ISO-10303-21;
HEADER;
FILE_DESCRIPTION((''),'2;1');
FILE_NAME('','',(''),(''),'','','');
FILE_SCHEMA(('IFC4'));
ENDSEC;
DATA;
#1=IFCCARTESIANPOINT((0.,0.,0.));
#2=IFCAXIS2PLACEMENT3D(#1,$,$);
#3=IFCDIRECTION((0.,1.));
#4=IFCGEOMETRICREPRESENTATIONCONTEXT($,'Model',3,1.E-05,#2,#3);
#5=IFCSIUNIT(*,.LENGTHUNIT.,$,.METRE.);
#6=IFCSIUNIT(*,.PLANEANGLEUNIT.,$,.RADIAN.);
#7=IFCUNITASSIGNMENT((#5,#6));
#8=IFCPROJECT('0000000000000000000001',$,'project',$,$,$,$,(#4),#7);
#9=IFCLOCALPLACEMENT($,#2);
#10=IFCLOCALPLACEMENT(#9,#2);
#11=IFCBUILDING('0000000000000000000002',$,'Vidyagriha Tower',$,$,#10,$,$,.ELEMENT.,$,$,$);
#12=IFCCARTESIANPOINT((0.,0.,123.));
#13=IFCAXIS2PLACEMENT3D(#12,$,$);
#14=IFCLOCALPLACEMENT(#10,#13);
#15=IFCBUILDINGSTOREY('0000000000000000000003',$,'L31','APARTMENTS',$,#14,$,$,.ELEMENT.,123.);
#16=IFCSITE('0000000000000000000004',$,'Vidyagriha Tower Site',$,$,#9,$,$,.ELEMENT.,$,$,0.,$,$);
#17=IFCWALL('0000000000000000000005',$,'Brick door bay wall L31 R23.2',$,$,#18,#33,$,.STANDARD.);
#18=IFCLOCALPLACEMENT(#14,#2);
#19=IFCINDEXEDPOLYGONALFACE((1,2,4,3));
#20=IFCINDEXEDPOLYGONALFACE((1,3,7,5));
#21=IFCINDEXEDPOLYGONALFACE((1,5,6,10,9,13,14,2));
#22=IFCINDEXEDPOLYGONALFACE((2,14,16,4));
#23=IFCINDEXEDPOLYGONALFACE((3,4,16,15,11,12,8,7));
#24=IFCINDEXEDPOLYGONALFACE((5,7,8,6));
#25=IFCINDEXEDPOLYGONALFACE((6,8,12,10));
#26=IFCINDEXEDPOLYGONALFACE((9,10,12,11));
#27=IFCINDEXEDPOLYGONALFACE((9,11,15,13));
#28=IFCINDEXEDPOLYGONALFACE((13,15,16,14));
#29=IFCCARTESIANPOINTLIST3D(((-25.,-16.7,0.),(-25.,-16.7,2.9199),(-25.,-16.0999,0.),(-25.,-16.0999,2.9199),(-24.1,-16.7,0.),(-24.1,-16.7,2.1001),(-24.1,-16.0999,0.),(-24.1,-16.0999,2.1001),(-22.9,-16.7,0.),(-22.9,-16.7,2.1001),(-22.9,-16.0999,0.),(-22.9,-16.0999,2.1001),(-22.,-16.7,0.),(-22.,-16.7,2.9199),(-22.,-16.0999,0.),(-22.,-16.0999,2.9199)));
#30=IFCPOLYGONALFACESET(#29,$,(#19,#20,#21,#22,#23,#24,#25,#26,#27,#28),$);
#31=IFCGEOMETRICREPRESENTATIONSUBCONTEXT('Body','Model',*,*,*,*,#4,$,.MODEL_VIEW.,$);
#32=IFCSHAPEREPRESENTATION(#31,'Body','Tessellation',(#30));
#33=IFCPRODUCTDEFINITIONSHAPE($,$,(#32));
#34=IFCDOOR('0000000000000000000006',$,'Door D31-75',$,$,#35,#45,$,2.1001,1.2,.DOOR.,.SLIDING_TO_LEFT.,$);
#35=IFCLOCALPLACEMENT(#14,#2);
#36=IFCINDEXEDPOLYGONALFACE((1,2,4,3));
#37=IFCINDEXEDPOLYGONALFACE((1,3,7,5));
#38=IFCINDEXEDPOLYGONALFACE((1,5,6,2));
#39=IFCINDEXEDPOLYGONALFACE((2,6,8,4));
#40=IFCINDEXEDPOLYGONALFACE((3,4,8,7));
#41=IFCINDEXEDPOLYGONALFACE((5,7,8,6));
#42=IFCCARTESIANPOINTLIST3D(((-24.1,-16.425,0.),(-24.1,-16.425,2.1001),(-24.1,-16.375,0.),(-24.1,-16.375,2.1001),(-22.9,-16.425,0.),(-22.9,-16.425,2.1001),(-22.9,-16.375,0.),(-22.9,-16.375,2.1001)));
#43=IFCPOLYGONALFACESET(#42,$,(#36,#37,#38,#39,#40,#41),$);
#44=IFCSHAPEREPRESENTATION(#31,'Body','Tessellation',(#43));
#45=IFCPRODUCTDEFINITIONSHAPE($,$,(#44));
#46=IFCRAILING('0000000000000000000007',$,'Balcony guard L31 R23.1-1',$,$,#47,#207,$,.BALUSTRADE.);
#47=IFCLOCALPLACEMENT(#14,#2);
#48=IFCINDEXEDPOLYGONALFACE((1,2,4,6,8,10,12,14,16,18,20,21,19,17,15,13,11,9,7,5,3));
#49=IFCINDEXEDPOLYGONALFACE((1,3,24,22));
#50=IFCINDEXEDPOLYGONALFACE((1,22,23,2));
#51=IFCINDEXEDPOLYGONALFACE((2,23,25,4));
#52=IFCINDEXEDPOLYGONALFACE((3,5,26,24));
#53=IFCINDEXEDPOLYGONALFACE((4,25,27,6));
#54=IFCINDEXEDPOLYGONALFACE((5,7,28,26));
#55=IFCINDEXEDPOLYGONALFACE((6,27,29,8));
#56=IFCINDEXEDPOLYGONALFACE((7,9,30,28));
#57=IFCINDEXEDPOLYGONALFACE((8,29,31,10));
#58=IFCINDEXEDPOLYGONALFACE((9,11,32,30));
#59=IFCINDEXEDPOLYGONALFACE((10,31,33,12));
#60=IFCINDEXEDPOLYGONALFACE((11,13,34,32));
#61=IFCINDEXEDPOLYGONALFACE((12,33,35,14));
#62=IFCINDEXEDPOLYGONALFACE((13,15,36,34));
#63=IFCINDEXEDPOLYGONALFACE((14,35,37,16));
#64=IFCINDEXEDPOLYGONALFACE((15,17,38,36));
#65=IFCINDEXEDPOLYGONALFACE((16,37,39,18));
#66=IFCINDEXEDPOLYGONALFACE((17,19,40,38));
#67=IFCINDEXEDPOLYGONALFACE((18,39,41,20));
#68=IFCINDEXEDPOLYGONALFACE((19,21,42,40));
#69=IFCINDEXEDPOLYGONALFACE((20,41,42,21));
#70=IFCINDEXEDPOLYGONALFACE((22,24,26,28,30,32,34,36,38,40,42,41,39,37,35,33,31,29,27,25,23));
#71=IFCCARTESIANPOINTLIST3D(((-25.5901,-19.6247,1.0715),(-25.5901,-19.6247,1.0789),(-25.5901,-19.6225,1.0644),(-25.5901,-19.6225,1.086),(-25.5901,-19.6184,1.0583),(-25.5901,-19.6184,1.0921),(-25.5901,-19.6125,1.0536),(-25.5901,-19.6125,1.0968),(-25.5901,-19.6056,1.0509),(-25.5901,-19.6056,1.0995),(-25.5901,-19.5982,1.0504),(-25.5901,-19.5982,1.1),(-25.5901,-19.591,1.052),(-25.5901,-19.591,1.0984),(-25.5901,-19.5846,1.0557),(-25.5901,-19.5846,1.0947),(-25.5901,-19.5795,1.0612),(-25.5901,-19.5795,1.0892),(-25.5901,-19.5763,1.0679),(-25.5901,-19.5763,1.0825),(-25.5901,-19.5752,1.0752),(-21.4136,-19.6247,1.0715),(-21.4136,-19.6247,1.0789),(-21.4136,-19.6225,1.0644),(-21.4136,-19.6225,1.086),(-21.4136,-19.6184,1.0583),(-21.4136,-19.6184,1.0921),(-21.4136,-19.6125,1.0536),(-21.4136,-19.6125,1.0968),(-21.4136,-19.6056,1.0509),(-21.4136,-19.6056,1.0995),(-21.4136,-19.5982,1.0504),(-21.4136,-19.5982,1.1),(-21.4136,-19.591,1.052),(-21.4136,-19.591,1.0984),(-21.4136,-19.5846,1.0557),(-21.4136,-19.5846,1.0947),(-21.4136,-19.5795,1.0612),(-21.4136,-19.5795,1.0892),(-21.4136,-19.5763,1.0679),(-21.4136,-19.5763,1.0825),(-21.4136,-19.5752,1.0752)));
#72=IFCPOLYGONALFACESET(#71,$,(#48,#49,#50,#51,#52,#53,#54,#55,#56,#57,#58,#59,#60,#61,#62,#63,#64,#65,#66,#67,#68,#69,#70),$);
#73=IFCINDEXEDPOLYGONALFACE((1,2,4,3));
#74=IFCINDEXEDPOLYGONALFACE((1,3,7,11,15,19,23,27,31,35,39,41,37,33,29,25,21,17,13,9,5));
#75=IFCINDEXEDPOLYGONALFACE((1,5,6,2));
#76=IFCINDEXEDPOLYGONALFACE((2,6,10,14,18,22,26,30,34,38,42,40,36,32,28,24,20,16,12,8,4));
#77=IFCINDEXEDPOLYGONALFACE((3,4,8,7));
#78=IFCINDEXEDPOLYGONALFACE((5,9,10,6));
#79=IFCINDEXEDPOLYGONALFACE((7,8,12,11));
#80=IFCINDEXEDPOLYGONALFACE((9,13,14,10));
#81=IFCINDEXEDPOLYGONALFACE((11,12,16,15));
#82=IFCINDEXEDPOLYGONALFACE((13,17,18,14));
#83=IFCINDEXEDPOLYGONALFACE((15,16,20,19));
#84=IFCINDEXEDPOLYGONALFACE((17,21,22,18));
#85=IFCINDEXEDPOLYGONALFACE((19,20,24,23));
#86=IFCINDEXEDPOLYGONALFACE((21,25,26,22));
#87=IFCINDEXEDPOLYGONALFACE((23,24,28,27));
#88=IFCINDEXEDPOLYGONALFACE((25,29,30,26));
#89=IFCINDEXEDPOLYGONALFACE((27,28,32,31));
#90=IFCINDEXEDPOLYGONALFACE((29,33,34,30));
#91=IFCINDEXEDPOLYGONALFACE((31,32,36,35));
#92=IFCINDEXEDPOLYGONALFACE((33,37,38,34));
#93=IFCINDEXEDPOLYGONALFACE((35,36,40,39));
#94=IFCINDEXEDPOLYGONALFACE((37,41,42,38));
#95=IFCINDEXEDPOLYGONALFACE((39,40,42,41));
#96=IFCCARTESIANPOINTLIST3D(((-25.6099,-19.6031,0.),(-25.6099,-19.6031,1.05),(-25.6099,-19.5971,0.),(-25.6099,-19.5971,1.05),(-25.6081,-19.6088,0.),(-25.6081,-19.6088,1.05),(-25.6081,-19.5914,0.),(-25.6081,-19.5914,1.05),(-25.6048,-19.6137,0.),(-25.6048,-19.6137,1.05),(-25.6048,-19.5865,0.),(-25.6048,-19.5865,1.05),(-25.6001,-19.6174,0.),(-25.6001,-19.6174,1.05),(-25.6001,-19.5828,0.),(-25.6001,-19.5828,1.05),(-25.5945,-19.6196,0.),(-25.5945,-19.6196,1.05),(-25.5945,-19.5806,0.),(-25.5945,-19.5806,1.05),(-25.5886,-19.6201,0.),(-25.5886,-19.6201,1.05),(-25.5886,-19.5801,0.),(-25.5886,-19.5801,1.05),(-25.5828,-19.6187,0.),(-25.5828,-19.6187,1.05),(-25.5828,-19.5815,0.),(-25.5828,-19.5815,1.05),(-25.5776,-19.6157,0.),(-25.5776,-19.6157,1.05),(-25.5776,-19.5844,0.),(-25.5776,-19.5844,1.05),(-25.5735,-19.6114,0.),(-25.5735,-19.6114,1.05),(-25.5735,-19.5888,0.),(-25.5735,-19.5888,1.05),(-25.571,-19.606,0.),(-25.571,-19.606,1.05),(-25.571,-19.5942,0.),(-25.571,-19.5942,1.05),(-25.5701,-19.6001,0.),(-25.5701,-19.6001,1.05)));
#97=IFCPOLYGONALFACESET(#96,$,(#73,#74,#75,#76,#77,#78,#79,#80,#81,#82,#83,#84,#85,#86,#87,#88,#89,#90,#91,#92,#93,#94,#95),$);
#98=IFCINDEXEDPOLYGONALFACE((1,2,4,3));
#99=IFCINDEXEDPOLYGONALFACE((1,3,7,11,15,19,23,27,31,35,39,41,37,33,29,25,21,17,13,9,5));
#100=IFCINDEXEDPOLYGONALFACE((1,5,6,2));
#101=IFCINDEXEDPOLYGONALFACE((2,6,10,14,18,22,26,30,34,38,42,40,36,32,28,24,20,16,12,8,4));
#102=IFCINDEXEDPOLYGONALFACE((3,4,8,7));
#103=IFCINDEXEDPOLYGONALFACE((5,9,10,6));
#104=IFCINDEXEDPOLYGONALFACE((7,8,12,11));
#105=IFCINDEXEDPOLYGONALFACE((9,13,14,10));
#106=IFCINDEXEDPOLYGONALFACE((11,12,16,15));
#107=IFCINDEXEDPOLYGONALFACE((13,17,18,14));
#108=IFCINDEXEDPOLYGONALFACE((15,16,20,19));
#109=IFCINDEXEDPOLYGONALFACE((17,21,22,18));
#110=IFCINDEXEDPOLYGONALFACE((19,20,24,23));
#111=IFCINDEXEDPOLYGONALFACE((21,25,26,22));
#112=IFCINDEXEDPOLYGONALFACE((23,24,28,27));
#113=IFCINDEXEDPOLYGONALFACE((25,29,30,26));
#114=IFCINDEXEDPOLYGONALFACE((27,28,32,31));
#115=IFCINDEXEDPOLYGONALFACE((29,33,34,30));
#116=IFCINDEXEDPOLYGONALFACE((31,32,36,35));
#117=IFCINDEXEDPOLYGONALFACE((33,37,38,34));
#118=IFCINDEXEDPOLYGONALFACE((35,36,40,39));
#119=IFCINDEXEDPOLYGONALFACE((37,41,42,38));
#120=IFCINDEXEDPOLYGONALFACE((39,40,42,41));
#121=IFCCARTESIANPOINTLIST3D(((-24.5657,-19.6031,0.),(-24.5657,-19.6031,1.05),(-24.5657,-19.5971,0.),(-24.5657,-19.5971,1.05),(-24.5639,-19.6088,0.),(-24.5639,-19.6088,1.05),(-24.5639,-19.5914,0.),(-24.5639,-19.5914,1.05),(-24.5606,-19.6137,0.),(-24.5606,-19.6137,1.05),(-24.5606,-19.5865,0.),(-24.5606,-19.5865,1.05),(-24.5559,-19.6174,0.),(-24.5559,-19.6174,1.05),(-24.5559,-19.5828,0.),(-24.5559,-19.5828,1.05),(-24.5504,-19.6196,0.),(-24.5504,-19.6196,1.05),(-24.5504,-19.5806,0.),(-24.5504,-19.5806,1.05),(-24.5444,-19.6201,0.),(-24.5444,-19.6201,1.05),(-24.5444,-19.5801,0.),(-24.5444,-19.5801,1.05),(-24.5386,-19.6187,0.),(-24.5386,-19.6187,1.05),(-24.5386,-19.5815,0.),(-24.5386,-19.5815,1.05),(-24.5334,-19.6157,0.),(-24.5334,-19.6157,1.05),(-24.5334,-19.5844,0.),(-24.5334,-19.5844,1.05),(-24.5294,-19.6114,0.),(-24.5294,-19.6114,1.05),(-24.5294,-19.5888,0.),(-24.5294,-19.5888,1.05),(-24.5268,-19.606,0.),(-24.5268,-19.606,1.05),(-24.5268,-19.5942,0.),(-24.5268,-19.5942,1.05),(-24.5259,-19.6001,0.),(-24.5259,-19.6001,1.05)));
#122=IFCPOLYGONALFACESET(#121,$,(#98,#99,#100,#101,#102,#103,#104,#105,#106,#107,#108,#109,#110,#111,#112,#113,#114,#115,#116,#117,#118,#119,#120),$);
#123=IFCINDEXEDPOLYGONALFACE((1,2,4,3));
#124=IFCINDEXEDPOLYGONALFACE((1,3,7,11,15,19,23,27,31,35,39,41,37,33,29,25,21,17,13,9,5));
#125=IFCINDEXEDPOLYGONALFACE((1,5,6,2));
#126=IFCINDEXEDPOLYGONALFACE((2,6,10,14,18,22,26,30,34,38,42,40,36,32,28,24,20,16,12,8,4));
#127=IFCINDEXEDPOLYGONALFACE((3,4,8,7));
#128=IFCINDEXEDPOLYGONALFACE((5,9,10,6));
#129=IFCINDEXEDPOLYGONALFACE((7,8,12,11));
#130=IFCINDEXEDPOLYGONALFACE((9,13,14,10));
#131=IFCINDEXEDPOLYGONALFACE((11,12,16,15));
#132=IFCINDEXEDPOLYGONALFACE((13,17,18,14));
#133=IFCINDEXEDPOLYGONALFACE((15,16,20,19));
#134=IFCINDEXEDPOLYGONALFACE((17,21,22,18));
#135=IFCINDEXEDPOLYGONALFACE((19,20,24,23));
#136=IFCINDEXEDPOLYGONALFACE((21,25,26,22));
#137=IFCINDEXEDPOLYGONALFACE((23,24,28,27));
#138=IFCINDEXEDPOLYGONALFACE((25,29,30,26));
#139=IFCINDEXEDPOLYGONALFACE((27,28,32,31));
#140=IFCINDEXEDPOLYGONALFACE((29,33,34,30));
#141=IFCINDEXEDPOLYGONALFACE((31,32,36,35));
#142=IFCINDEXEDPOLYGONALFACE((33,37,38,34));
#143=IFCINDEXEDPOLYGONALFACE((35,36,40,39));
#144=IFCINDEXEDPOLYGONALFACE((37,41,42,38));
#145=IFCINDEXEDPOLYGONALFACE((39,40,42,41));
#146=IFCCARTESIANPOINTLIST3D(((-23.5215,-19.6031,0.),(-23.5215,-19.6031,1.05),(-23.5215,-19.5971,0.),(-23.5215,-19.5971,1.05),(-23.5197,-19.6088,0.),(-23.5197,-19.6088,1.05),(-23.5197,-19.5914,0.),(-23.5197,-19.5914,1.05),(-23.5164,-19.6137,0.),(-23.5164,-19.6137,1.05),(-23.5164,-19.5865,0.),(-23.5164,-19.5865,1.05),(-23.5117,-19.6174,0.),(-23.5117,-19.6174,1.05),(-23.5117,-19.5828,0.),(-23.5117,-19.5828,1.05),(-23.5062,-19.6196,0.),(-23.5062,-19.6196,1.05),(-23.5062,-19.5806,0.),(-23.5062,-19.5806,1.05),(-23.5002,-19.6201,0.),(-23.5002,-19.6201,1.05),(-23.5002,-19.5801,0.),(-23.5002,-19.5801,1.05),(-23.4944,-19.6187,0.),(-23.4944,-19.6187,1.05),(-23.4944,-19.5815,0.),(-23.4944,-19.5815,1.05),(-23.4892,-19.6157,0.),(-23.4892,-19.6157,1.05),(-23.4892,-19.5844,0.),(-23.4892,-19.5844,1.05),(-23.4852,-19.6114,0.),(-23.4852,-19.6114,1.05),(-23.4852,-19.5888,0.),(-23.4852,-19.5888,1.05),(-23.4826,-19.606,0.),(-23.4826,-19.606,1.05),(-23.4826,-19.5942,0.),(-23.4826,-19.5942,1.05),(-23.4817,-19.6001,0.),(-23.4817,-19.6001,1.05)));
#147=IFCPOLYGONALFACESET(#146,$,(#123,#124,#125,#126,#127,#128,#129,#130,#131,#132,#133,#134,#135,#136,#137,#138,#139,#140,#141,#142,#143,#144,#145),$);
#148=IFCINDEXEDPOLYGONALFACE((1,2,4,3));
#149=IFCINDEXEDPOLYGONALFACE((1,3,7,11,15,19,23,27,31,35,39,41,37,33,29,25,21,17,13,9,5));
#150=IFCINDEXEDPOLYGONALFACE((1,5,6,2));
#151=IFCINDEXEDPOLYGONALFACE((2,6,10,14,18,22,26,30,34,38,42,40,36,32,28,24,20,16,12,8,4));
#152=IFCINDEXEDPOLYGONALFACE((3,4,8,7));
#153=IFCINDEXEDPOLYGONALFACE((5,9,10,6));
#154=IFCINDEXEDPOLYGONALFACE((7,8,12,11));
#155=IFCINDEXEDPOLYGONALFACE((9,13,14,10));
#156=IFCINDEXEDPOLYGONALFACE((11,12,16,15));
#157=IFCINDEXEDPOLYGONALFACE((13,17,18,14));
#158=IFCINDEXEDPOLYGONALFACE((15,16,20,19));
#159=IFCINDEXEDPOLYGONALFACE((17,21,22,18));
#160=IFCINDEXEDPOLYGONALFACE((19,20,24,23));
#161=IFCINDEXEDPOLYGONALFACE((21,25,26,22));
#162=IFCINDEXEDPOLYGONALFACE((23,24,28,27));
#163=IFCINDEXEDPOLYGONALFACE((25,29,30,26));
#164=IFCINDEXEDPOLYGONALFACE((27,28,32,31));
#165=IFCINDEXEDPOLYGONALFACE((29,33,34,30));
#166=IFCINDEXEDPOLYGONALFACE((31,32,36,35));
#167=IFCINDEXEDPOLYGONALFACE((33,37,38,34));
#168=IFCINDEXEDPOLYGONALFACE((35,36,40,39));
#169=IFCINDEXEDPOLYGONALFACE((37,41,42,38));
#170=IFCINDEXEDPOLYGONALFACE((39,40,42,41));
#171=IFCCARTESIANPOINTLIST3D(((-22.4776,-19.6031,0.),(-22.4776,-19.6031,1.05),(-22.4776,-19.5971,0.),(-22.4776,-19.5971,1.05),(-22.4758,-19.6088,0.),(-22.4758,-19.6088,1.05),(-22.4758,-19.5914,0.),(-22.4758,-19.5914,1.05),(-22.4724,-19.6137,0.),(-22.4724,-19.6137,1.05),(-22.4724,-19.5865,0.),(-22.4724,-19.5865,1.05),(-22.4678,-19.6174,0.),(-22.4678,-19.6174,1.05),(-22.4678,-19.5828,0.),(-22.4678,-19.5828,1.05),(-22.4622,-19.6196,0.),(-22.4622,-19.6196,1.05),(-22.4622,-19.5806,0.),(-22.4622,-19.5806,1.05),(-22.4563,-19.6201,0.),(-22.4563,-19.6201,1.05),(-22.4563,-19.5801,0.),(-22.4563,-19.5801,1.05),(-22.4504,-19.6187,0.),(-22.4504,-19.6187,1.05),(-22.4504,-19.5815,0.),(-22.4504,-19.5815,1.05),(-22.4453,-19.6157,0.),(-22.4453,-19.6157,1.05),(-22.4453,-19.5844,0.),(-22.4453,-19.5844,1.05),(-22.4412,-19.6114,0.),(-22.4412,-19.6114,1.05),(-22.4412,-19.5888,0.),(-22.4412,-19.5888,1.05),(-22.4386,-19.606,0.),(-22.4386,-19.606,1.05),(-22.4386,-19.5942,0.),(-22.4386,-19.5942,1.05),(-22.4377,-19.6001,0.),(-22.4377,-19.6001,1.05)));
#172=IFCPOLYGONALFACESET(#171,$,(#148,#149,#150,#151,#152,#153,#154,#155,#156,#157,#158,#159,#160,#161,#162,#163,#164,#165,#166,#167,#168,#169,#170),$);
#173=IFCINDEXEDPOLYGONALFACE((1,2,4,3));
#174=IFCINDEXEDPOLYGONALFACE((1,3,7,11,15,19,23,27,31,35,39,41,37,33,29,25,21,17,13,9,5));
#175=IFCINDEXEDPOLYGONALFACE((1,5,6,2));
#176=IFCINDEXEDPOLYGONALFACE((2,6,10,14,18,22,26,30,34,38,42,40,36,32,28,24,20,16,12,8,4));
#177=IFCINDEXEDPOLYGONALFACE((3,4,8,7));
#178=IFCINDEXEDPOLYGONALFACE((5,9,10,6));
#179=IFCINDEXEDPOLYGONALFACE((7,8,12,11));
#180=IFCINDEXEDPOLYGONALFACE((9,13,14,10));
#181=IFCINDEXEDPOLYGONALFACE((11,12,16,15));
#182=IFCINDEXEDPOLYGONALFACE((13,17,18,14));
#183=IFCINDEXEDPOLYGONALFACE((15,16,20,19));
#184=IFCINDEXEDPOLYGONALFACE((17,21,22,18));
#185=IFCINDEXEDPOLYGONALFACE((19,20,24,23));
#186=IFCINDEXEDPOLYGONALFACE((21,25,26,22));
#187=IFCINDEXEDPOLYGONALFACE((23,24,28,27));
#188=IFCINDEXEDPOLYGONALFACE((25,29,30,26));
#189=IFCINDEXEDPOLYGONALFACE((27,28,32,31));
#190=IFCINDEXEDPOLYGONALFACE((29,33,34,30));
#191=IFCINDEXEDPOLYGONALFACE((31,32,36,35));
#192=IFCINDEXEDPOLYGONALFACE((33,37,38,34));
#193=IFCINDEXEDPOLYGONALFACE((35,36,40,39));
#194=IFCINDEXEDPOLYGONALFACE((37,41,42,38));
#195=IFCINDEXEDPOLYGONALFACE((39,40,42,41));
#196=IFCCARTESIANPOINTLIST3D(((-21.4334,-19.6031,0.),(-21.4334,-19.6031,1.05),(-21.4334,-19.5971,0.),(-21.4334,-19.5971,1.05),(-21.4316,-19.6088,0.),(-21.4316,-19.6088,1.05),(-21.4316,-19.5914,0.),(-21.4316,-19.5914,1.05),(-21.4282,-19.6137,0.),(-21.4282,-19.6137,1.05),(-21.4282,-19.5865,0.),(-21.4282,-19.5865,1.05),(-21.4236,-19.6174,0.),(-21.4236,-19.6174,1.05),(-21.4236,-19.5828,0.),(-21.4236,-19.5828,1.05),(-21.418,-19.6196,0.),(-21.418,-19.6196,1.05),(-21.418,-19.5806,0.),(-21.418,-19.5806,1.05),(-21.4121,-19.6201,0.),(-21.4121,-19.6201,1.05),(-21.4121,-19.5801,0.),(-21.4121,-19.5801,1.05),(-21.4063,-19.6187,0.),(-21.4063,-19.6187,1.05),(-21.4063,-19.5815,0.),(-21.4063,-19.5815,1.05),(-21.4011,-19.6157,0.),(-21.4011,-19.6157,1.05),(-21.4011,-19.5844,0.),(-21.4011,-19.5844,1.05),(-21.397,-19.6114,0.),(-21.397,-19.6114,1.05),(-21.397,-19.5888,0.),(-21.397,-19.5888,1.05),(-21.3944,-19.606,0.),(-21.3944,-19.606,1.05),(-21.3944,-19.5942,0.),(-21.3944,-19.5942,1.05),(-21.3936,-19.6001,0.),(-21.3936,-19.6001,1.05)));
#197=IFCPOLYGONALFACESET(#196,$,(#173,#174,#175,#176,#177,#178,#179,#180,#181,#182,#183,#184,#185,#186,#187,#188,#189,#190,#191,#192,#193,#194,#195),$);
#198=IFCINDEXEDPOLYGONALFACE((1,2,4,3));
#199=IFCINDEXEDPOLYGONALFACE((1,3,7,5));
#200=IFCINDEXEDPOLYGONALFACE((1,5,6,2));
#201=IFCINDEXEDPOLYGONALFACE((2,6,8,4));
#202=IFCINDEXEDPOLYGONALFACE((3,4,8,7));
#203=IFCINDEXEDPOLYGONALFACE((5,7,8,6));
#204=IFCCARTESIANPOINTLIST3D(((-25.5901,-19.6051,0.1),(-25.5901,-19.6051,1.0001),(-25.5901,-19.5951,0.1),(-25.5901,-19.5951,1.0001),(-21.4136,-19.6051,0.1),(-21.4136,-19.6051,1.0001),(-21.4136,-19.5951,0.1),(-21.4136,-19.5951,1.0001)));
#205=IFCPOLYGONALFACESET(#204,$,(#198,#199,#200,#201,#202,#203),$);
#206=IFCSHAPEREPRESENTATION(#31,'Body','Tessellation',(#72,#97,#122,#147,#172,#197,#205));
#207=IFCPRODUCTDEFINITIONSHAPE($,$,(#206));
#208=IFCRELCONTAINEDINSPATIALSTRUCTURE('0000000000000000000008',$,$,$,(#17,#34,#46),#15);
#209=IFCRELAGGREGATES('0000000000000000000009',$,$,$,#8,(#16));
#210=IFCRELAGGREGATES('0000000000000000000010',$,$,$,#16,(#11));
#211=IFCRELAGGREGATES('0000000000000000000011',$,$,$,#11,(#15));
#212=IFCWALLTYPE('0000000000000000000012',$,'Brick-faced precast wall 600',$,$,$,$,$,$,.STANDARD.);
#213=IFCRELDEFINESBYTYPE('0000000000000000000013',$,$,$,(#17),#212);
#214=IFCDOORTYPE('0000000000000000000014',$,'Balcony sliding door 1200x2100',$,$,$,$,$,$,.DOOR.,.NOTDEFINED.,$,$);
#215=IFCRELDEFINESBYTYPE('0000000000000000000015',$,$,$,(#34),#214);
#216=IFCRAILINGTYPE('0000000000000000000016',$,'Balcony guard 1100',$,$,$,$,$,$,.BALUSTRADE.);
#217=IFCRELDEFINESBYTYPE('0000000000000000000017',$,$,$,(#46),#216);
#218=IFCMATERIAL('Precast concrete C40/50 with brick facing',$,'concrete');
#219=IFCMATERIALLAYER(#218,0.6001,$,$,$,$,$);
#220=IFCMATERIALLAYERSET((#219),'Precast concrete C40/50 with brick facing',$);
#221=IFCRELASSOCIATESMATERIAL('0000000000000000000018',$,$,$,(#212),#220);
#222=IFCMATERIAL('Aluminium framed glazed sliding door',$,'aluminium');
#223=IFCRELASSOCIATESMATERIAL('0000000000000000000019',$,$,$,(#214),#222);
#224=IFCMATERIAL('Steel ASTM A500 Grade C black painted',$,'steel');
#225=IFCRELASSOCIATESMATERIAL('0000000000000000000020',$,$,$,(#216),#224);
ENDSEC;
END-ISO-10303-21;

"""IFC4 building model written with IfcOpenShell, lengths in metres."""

from ifc_helpers import new_model, si_unit, direction, frame, frame_2d, origin, origin_2d, place, context, subcontext, project, spatial, rectangle, circle, extrude, material, layer, layer_set, type_object, element, fill, save


model = new_model("IFC4")

# Units and contexts
model_context = context("Model", 3, precision=1e-05, world=origin(), true_north=direction((0.0, 1.0)))
body_context = subcontext(model_context, "Body", "Model", "MODEL_VIEW")
ifc_project = project(units=[si_unit("LENGTHUNIT", "METRE"), si_unit("PLANEANGLEUNIT", "RADIAN")], contexts=[model_context])

# Site, building, storey
site_placement = place(None, origin())
site = spatial("IfcSite", under=ifc_project, at=site_placement, Name="Vidyagriha Tower Site", CompositionType="ELEMENT", RefElevation=0.0)
building_placement = place(site_placement, origin())
building = spatial("IfcBuilding", under=site, at=building_placement, Name="Vidyagriha Tower", CompositionType="ELEMENT")
storey_placement = place(building_placement, frame((0.0, 0.0, 123.0)))
storey = spatial("IfcBuildingStorey", under=building, at=storey_placement, Name="L31", Description="APARTMENTS", CompositionType="ELEMENT", Elevation=123.0)

# Shared definitions
ifc_material_1 = material(Name="Precast concrete C40/50 with brick facing", Category="concrete")
ifc_layer_1 = layer(ifc_material_1, 0.6001)
ifc_layer_set_1 = layer_set([ifc_layer_1], Name="Precast concrete C40/50 with brick facing")
wall_type = type_object("IfcWallType", Name="Brick-faced precast wall 600", PredefinedType="STANDARD", material=ifc_layer_set_1)

# Wall, opening, door
wall_1_placement = place(storey_placement, frame((-25.0, -16.3999, 0.0)))
wall_1 = element("IfcWall", 1, at=wall_1_placement, inside=storey, type_object=wall_type, Name="Brick door bay wall L31 R23.2", PredefinedType="STANDARD", context=body_context, shape_type="SweptSolid", body=[
    extrude(rectangle(XDim=3.0, YDim=0.6001, at=frame_2d((1.5, 0.0))), origin(), (0.0, 0.0, 1.0), 2.9199),
])
opening_1_placement = place(wall_1_placement, frame((0.8999, 0.0, 0.0)))
opening_1 = element("IfcOpeningElement", 2, at=opening_1_placement, cuts=wall_1, PredefinedType="OPENING", context=body_context, shape_type="SweptSolid", body=[
    extrude(rectangle(XDim=1.2, YDim=2.1001, at=frame_2d((0.6001, 1.05))), frame((0.0, 0.3101, 0.0), z_axis=(0.0, -1.0, 0.0), x_axis=(1.0, 0.0, 0.0)), (0.0, 0.0, 1.0), 0.6201),
])
ifc_material_2 = material(Name="Aluminium framed glazed sliding door", Category="aluminium")
door_type = type_object("IfcDoorType", Name="Balcony sliding door 1200x2100", OperationType="NOTDEFINED", PredefinedType="DOOR", material=ifc_material_2)
door_placement = place(opening_1_placement, origin())
door = element("IfcDoor", 3, at=door_placement, inside=storey, type_object=door_type, Name="Door D31-75", OperationType="SLIDING_TO_LEFT", OverallHeight=2.1001, OverallWidth=1.2, PredefinedType="DOOR", context=body_context, shape_type="SweptSolid", body=[
    extrude(rectangle(XDim=1.2, YDim=2.1001, at=frame_2d((0.6001, 1.05))), frame((0.0, 0.0249, 0.0), z_axis=(0.0, -1.0, 0.0), x_axis=(1.0, 0.0, 0.0)), (0.0, 0.0, 1.0), 0.05),
])
fill(opening_1, door)

# Railing
ifc_material_3 = material(Name="Steel ASTM A500 Grade C black painted", Category="steel")
railing_type_1 = type_object("IfcRailingType", Name="Balcony guard 1100", PredefinedType="BALUSTRADE", material=ifc_material_3)
railing_1_placement = place(storey_placement, frame((-25.5901, -19.6001, 0.0)))
element("IfcRailing", 4, at=railing_1_placement, inside=storey, type_object=railing_type_1, Name="Balcony guard L31 R23.1-1", PredefinedType="BALUSTRADE", context=body_context, shape_type="SweptSolid", body=[
    extrude(circle(Radius=0.0249, at=origin_2d()), frame((0.0, 0.0, 1.0752), z_axis=(1.0, 0.0, 0.0), x_axis=(0.0, 1.0, 0.0)), (0.0, 0.0, 1.0), 4.1765),
    extrude(circle(Radius=0.02, at=origin_2d()), origin(), (0.0, 0.0, 1.0), 1.05),
    extrude(circle(Radius=0.02, at=origin_2d()), frame((1.0442, 0.0, 0.0)), (0.0, 0.0, 1.0), 1.05),
    extrude(circle(Radius=0.02, at=origin_2d()), frame((2.0884, 0.0, 0.0)), (0.0, 0.0, 1.0), 1.05),
    extrude(circle(Radius=0.02, at=origin_2d()), frame((3.1323, 0.0, 0.0)), (0.0, 0.0, 1.0), 1.05),
    extrude(circle(Radius=0.02, at=origin_2d()), frame((4.1765, 0.0, 0.0)), (0.0, 0.0, 1.0), 1.05),
    extrude(rectangle(XDim=0.01, YDim=0.9001, at=origin_2d()), frame((0.0, 0.0, 0.55), z_axis=(1.0, 0.0, 0.0), x_axis=(0.0, 1.0, 0.0)), (0.0, 0.0, 1.0), 4.1765),
])

save(model, "model.ifc")
